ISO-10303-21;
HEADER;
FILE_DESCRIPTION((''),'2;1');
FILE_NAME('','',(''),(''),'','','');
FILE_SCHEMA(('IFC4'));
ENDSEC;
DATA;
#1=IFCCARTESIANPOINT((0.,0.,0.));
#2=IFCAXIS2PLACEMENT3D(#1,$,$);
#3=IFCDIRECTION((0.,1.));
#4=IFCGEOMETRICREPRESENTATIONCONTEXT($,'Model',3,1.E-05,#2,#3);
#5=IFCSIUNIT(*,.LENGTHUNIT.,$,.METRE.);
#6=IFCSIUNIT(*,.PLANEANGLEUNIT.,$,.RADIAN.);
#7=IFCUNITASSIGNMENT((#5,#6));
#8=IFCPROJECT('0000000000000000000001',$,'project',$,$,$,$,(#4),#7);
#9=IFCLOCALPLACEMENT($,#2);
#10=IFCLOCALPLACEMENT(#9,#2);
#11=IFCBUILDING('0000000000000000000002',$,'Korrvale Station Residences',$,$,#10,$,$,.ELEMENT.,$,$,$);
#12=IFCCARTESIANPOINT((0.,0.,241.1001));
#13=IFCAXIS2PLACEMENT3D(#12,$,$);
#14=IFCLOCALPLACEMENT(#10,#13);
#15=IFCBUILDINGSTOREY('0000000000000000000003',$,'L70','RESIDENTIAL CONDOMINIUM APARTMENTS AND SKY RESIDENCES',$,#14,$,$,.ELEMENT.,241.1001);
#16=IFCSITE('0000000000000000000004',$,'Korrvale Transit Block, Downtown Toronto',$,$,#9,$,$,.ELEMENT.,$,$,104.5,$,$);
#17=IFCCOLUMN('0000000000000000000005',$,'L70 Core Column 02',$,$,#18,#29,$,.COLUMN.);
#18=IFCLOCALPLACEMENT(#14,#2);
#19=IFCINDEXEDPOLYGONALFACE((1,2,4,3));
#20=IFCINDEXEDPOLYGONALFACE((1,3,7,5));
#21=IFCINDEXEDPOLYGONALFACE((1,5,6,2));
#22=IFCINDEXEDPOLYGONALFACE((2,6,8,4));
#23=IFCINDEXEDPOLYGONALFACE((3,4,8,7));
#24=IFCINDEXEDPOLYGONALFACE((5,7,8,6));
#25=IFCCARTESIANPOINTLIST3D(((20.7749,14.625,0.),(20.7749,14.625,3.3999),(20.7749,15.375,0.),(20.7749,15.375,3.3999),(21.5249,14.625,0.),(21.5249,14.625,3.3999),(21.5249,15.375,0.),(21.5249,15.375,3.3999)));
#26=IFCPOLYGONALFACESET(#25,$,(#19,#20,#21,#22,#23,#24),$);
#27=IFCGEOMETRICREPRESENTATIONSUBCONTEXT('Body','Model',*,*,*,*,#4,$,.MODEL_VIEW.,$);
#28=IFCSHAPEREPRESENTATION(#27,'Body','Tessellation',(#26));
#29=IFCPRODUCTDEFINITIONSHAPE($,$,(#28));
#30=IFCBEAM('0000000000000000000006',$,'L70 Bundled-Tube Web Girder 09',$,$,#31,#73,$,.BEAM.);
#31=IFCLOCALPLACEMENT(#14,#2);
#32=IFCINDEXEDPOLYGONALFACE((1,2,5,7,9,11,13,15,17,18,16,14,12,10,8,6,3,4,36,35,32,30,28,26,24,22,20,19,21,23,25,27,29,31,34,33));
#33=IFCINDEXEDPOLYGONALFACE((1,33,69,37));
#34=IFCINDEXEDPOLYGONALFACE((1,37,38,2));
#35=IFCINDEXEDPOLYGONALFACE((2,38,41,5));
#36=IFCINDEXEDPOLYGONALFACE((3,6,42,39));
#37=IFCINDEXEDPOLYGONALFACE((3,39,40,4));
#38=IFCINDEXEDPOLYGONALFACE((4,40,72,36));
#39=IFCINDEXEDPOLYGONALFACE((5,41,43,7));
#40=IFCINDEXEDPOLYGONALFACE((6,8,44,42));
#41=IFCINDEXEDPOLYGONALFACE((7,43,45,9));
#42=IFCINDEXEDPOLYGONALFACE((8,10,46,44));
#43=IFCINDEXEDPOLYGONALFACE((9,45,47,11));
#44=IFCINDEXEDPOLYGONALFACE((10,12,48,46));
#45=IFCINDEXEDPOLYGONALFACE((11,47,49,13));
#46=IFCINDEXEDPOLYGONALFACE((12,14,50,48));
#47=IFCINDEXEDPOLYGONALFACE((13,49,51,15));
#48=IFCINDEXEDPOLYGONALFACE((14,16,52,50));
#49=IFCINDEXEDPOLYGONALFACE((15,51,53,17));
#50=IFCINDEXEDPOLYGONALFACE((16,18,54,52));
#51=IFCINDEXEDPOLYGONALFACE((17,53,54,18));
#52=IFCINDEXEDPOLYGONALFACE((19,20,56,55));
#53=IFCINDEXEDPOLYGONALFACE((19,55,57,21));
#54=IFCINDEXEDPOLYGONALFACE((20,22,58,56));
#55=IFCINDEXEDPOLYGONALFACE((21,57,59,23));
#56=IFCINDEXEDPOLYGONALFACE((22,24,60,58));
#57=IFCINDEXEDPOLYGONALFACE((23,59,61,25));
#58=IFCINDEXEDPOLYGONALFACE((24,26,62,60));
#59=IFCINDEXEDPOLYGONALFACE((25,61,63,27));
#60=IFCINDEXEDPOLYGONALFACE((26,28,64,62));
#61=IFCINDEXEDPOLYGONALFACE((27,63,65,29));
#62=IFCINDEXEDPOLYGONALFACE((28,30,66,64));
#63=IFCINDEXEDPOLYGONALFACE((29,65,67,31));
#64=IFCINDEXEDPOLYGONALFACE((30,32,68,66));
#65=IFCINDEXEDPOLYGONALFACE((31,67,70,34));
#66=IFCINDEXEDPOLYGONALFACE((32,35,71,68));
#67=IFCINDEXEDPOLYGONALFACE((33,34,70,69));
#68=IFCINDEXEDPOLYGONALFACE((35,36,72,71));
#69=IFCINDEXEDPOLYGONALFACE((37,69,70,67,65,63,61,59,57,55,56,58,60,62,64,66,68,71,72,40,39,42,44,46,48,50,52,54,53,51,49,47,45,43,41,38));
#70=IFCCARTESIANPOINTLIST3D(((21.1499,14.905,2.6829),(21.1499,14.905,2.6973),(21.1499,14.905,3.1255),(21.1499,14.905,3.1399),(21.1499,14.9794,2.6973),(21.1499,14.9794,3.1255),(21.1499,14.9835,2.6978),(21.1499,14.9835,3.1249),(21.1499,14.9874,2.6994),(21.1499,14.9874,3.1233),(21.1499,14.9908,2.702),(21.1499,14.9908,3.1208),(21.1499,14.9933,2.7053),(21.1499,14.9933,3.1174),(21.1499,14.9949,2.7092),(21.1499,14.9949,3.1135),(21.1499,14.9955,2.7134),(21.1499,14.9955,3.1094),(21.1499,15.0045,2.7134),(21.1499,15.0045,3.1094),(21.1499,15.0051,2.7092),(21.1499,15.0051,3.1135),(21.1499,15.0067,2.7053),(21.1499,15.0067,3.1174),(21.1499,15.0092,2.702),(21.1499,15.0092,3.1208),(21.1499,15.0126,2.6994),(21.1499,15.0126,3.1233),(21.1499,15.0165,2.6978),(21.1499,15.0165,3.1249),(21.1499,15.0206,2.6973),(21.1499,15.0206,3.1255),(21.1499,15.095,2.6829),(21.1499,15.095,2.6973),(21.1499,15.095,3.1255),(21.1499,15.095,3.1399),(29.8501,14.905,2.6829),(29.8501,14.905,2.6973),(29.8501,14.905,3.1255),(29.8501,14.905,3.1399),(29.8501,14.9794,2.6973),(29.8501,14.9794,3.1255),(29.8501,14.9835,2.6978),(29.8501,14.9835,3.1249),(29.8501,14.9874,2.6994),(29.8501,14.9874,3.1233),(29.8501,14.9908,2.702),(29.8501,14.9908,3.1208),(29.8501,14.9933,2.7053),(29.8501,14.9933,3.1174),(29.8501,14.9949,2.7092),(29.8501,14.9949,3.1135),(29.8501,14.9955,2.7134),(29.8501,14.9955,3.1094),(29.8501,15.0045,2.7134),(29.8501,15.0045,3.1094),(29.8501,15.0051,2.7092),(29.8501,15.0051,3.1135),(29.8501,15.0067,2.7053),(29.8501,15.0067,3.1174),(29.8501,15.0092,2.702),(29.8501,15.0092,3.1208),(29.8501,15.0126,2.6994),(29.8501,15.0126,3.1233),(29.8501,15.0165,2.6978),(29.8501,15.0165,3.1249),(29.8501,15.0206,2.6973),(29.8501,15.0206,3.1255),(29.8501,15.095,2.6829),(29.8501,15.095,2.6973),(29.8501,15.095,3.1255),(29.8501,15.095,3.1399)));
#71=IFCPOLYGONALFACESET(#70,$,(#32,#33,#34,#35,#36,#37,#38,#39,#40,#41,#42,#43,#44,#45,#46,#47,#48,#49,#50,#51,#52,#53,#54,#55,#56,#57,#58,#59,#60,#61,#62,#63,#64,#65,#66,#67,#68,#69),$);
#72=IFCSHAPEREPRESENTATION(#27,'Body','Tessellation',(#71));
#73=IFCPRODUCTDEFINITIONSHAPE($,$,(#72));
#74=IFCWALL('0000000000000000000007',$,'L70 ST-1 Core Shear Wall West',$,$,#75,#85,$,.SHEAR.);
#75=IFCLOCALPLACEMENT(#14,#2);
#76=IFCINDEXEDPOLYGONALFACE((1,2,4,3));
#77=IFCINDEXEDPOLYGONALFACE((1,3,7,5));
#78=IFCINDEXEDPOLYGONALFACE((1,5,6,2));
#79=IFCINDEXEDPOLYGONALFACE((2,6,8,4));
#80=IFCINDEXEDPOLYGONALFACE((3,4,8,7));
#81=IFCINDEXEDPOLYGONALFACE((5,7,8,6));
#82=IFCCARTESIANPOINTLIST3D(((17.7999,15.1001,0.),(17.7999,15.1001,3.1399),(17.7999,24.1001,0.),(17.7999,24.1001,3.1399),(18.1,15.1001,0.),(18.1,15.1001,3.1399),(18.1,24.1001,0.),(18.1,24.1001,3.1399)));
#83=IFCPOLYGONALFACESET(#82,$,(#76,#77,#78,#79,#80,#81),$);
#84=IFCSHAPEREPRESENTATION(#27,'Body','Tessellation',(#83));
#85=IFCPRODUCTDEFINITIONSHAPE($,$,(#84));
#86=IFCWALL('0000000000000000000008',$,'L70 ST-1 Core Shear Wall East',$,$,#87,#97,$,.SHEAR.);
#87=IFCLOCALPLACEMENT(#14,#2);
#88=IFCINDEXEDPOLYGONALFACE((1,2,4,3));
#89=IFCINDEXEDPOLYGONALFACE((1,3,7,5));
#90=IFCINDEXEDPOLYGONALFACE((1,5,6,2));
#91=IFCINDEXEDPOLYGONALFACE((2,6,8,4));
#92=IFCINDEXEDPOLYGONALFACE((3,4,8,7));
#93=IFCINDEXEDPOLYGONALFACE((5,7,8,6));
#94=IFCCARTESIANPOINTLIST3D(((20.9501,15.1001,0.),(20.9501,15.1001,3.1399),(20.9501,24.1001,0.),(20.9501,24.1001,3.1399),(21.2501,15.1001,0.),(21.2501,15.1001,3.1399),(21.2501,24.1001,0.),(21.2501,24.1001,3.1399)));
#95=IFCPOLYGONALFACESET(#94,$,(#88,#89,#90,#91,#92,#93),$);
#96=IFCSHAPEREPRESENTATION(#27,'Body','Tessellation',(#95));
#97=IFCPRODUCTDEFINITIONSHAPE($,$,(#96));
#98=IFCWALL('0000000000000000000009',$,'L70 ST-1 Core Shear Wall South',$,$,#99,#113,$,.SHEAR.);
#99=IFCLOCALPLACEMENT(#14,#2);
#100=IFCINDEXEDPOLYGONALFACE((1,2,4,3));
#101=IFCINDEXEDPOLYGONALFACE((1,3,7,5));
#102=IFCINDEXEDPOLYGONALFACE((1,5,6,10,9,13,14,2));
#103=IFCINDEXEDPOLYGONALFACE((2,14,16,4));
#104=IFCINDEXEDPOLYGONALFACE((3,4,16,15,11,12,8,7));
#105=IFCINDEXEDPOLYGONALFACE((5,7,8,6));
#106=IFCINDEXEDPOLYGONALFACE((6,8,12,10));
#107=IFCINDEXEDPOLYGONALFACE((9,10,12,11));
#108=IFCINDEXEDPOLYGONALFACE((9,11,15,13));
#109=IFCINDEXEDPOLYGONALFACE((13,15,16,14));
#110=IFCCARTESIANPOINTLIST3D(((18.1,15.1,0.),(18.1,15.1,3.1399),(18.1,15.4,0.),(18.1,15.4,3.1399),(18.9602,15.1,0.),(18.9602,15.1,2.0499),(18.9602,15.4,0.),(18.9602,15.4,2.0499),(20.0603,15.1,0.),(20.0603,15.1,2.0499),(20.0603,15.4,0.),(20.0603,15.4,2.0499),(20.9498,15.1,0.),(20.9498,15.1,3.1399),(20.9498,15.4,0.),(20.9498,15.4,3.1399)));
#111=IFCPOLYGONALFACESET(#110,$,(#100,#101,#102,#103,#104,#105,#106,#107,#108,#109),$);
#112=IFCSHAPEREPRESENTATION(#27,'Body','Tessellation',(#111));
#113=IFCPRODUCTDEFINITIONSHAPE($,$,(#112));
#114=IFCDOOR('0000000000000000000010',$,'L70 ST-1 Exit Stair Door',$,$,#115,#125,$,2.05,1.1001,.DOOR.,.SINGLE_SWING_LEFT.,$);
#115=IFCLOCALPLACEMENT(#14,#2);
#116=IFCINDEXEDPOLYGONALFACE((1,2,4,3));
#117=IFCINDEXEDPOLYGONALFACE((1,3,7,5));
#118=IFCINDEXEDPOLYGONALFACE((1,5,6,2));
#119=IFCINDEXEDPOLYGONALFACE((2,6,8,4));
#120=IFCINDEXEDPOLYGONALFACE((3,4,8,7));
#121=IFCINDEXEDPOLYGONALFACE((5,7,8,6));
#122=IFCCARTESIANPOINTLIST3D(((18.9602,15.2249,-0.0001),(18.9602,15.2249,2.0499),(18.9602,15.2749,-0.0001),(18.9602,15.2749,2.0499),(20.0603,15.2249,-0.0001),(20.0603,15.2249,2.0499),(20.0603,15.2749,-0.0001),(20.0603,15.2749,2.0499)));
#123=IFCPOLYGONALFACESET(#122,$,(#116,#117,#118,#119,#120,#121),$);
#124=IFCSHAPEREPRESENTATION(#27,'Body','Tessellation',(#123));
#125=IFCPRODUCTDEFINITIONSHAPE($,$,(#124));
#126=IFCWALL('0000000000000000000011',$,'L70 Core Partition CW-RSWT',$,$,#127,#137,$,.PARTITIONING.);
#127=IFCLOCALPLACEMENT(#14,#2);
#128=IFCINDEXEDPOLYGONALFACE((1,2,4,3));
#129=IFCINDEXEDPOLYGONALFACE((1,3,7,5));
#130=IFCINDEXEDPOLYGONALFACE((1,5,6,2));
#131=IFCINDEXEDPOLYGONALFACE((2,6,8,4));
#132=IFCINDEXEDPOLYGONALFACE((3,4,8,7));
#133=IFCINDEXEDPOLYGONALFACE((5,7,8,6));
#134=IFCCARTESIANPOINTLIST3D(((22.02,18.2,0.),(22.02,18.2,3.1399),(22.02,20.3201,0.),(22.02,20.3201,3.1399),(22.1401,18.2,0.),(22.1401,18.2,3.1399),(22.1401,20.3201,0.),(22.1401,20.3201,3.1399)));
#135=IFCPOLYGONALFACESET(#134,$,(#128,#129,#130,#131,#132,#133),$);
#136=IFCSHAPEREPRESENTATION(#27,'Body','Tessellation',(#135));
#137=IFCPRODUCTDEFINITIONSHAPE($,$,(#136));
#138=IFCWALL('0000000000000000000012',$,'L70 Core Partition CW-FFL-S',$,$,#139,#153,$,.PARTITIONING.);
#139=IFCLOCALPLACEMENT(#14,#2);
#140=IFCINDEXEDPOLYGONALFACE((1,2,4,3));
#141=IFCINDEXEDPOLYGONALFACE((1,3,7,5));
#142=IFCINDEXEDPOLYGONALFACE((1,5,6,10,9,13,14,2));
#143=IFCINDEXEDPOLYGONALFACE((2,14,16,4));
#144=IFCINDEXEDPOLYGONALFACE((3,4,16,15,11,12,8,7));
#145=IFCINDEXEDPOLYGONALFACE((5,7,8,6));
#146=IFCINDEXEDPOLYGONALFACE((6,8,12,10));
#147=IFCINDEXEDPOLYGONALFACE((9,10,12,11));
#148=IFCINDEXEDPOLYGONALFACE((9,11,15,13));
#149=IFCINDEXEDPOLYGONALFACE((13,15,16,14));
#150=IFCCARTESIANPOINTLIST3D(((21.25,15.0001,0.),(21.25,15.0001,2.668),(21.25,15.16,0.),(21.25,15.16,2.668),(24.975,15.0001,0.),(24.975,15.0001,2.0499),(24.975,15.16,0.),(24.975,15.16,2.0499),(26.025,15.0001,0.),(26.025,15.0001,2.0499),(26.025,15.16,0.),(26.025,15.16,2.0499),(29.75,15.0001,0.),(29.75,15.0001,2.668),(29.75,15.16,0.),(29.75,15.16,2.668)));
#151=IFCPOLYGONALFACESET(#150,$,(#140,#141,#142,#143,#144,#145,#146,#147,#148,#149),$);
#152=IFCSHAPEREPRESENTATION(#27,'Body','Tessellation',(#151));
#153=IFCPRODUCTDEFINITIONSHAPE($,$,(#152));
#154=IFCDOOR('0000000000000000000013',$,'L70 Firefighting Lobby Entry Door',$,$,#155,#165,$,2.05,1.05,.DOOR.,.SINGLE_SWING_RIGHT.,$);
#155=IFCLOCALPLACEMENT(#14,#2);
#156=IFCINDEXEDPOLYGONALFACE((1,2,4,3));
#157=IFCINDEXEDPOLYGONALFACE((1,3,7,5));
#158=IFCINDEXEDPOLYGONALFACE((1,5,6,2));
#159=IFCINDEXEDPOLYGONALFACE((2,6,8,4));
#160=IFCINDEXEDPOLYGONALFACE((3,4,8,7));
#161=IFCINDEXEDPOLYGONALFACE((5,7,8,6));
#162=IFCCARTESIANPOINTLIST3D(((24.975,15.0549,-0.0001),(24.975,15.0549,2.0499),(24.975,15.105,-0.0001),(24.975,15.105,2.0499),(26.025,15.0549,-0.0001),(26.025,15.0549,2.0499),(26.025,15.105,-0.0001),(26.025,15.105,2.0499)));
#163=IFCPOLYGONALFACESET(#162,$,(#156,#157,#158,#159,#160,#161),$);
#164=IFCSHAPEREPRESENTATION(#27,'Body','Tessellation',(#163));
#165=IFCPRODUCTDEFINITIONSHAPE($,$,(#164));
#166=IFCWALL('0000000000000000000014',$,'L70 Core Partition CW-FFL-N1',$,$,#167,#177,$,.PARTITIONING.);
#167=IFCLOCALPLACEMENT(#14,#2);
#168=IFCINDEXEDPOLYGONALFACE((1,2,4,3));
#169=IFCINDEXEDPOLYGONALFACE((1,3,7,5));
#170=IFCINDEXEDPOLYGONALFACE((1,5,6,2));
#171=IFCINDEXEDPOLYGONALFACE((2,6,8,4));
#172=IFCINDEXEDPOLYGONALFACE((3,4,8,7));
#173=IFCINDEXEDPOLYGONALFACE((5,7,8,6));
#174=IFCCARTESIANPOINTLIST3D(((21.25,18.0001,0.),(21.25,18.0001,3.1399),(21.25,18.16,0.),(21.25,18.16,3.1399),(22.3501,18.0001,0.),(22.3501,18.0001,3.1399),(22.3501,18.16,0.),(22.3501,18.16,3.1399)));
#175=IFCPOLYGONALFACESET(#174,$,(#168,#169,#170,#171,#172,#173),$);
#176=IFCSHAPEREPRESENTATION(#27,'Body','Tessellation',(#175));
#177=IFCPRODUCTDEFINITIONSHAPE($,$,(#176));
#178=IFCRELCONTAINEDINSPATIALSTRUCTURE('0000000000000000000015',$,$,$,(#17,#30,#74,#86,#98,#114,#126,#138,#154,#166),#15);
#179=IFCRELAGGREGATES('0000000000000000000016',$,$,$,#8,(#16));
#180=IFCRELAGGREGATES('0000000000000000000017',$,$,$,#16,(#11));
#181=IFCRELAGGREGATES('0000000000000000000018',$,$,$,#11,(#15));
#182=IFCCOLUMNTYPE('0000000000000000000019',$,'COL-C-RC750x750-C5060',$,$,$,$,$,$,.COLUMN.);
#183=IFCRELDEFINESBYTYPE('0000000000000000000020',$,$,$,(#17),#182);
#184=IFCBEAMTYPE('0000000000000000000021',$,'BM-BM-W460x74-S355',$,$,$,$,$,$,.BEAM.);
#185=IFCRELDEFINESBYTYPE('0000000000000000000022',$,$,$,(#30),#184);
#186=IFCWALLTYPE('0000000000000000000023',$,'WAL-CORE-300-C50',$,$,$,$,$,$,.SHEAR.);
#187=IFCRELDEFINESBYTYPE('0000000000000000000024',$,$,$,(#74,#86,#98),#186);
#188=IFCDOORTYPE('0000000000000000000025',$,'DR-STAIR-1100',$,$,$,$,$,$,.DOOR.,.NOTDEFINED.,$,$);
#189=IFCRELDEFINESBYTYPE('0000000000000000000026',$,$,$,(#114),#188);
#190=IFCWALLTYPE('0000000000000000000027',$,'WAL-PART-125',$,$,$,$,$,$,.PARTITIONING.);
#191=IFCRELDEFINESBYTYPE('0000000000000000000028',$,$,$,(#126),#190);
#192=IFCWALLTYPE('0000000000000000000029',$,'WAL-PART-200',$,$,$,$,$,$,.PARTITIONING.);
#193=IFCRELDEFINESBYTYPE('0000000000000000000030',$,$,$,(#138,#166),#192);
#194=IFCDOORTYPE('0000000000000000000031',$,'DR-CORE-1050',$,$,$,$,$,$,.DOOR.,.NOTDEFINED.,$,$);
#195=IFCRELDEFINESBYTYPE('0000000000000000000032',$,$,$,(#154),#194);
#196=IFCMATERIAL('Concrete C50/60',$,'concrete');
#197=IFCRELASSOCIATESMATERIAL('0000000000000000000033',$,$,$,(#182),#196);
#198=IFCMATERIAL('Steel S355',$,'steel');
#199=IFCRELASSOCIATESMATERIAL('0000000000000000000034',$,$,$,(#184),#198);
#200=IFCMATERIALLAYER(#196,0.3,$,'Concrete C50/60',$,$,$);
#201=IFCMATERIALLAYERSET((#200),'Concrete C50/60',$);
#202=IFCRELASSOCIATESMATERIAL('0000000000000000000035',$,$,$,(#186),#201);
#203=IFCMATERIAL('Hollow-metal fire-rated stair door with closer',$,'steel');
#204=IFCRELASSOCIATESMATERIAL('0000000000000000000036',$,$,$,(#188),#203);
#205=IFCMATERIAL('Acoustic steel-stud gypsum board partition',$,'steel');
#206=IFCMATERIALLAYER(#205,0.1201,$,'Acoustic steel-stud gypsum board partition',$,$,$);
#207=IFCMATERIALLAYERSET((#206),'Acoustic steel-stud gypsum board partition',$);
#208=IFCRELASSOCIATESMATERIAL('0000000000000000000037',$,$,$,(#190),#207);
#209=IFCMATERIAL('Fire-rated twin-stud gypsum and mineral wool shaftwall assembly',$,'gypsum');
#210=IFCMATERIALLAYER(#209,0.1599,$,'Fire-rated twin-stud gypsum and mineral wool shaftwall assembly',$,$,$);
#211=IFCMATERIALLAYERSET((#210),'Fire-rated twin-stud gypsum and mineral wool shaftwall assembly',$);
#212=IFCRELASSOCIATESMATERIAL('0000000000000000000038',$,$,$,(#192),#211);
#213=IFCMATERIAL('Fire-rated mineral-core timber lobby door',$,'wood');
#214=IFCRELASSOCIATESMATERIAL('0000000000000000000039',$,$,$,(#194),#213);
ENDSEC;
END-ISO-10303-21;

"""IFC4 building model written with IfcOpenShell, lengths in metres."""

from ifc_helpers import new_model, si_unit, direction, frame, frame_2d, origin, origin_2d, place, context, subcontext, project, spatial, rectangle, i_section, extrude, material, layer, layer_set, material_profile, profile_set, type_object, element, fill, save


model = new_model("IFC4")

# Units and contexts
model_context = context("Model", 3, precision=1e-05, world=origin(), true_north=direction((0.0, 1.0)))
body_context = subcontext(model_context, "Body", "Model", "MODEL_VIEW")
ifc_project = project(units=[si_unit("LENGTHUNIT", "METRE"), si_unit("PLANEANGLEUNIT", "RADIAN")], contexts=[model_context])

# Site, building, storey
site_placement = place(None, origin())
site = spatial("IfcSite", under=ifc_project, at=site_placement, Name="Korrvale Transit Block, Downtown Toronto", CompositionType="ELEMENT", RefElevation=104.5)
building_placement = place(site_placement, origin())
building = spatial("IfcBuilding", under=site, at=building_placement, Name="Korrvale Station Residences", CompositionType="ELEMENT")
storey_placement = place(building_placement, frame((0.0, 0.0, 241.1001)))
storey = spatial("IfcBuildingStorey", under=building, at=storey_placement, Name="L70", Description="RESIDENTIAL CONDOMINIUM APARTMENTS AND SKY RESIDENCES", CompositionType="ELEMENT", Elevation=241.1001)

# Column
ifc_material_1 = material(Name="Concrete C50/60", Category="concrete")
ifc_material_profile_1 = material_profile(ifc_material_1, rectangle(XDim=0.75, YDim=0.75, at=origin_2d()), Name="RC750x750")
ifc_profile_set_1 = profile_set([ifc_material_profile_1], Name="Concrete C50/60")
column_type = type_object("IfcColumnType", Name="COL-C-RC750x750-C5060", PredefinedType="COLUMN", material=ifc_profile_set_1)
column_placement = place(storey_placement, frame((21.1499, 15.0, 0.0), z_axis=(0.0, 0.0, 1.0), x_axis=(1.0, 0.0, 0.0)))
element("IfcColumn", 1, at=column_placement, inside=storey, type_object=column_type, Name="L70 Core Column 02", PredefinedType="COLUMN", context=body_context, shape_type="SweptSolid", body=[
    extrude(rectangle(XDim=0.75, YDim=0.75, at=origin_2d()), origin(), (0.0, 0.0, 1.0), 3.3999),
])

# Beam
ifc_material_2 = material(Name="Steel S355", Category="steel")
ifc_material_profile_2 = material_profile(ifc_material_2, i_section(OverallWidth=0.1899, OverallDepth=0.457, WebThickness=0.009, FlangeThickness=0.0144, FilletRadius=0.0161, at=origin_2d()), Name="W460x74")
ifc_profile_set_2 = profile_set([ifc_material_profile_2], Name="Steel S355")
beam_type = type_object("IfcBeamType", Name="BM-BM-W460x74-S355", PredefinedType="BEAM", material=ifc_profile_set_2)
beam_placement = place(storey_placement, frame((21.1499, 15.0, 2.9114), z_axis=(1.0, 0.0, 0.0), x_axis=(0.0, 1.0, 0.0)))
element("IfcBeam", 2, at=beam_placement, inside=storey, type_object=beam_type, Name="L70 Bundled-Tube Web Girder 09", PredefinedType="BEAM", context=body_context, shape_type="SweptSolid", body=[
    extrude(i_section(OverallWidth=0.1899, OverallDepth=0.457, WebThickness=0.009, FlangeThickness=0.0144, FilletRadius=0.0161, at=origin_2d()), origin(), (0.0, 0.0, 1.0), 8.7002),
])

# Walls
ifc_layer_1 = layer(ifc_material_1, 0.3, Name="Concrete C50/60")
ifc_layer_set_1 = layer_set([ifc_layer_1], Name="Concrete C50/60")
wall_type_1 = type_object("IfcWallType", Name="WAL-CORE-300-C50", PredefinedType="SHEAR", material=ifc_layer_set_1)
for number, where, z_axis, x_axis, name in (
    (3, (17.95, 15.1001, 0.0), (0.0, 0.0, 1.0), (0.0, 1.0, 0.0), "L70 ST-1 Core Shear Wall West"),
    (4, (21.1001, 15.1001, 0.0), (0.0, 0.0, 1.0), (0.0, 1.0, 0.0), "L70 ST-1 Core Shear Wall East"),
):
    element("IfcWall", number, at=place(storey_placement, frame(where, z_axis=z_axis, x_axis=x_axis)), inside=storey, type_object=wall_type_1, Name=name, PredefinedType="SHEAR", context=body_context, shape_type="SweptSolid", body=[
        extrude(rectangle(XDim=9.0, YDim=0.3, at=frame_2d((4.5, 0.0))), origin(), (0.0, 0.0, 1.0), 3.1399),
    ])

# Wall, opening, door
wall_1_placement = place(storey_placement, frame((18.1001, 15.25, 0.0), z_axis=(0.0, 0.0, 1.0), x_axis=(1.0, 0.0, 0.0)))
wall_1 = element("IfcWall", 5, at=wall_1_placement, inside=storey, type_object=wall_type_1, Name="L70 ST-1 Core Shear Wall South", PredefinedType="SHEAR", context=body_context, shape_type="SweptSolid", body=[
    extrude(rectangle(XDim=2.8499, YDim=0.3, at=frame_2d((1.4248, 0.0))), origin(), (0.0, 0.0, 1.0), 3.1399),
])
opening_1_placement = place(wall_1_placement, frame((0.8601, 0.0, 0.0)))
opening_1 = element("IfcOpeningElement", 6, at=opening_1_placement, cuts=wall_1, PredefinedType="OPENING", context=body_context, shape_type="SweptSolid", body=[
    extrude(rectangle(XDim=1.1001, YDim=2.05, at=frame_2d((0.55, 1.0249))), frame((0.0, 0.1602, 0.0), z_axis=(0.0, -1.0, 0.0), x_axis=(1.0, 0.0, 0.0)), (0.0, 0.0, 1.0), 0.3201),
])
ifc_material_3 = material(Name="Hollow-metal fire-rated stair door with closer", Category="steel")
door_type_1 = type_object("IfcDoorType", Name="DR-STAIR-1100", OperationType="NOTDEFINED", PredefinedType="DOOR", material=ifc_material_3)
door_1_placement = place(opening_1_placement, origin())
door_1 = element("IfcDoor", 7, at=door_1_placement, inside=storey, type_object=door_type_1, Name="L70 ST-1 Exit Stair Door", OperationType="SINGLE_SWING_LEFT", OverallHeight=2.05, OverallWidth=1.1001, PredefinedType="DOOR", context=body_context, shape_type="SweptSolid", body=[
    extrude(rectangle(XDim=1.1001, YDim=2.05, at=frame_2d((0.55, 1.0249))), frame((0.0, 0.0249, 0.0), z_axis=(0.0, -1.0, 0.0), x_axis=(1.0, 0.0, 0.0)), (0.0, 0.0, 1.0), 0.05),
])
fill(opening_1, door_1)

# Wall
ifc_material_4 = material(Name="Acoustic steel-stud gypsum board partition", Category="steel")
ifc_layer_2 = layer(ifc_material_4, 0.1201, Name="Acoustic steel-stud gypsum board partition")
ifc_layer_set_2 = layer_set([ifc_layer_2], Name="Acoustic steel-stud gypsum board partition")
wall_type_2 = type_object("IfcWallType", Name="WAL-PART-125", PredefinedType="PARTITIONING", material=ifc_layer_set_2)
wall_2_placement = place(storey_placement, frame((22.0801, 18.2, 0.0), z_axis=(0.0, 0.0, 1.0), x_axis=(0.0, 1.0, 0.0)))
element("IfcWall", 8, at=wall_2_placement, inside=storey, type_object=wall_type_2, Name="L70 Core Partition CW-RSWT", PredefinedType="PARTITIONING", context=body_context, shape_type="SweptSolid", body=[
    extrude(rectangle(XDim=2.1201, YDim=0.1201, at=frame_2d((1.0601, 0.0))), origin(), (0.0, 0.0, 1.0), 3.1399),
])

# Wall, opening, door
ifc_material_5 = material(Name="Fire-rated twin-stud gypsum and mineral wool shaftwall assembly", Category="gypsum")
ifc_layer_3 = layer(ifc_material_5, 0.1599, Name="Fire-rated twin-stud gypsum and mineral wool shaftwall assembly")
ifc_layer_set_3 = layer_set([ifc_layer_3], Name="Fire-rated twin-stud gypsum and mineral wool shaftwall assembly")
wall_type_3 = type_object("IfcWallType", Name="WAL-PART-200", PredefinedType="PARTITIONING", material=ifc_layer_set_3)
wall_3_placement = place(storey_placement, frame((21.25, 15.0801, 0.0), z_axis=(0.0, 0.0, 1.0), x_axis=(1.0, 0.0, 0.0)))
wall_3 = element("IfcWall", 9, at=wall_3_placement, inside=storey, type_object=wall_type_3, Name="L70 Core Partition CW-FFL-S", PredefinedType="PARTITIONING", context=body_context, shape_type="SweptSolid", body=[
    extrude(rectangle(XDim=8.5, YDim=0.1599, at=frame_2d((4.25, 0.0))), origin(), (0.0, 0.0, 1.0), 2.668),
])
opening_2_placement = place(wall_3_placement, frame((3.7251, 0.0, 0.0)))
opening_2 = element("IfcOpeningElement", 10, at=opening_2_placement, cuts=wall_3, PredefinedType="OPENING", context=body_context, shape_type="SweptSolid", body=[
    extrude(rectangle(XDim=1.05, YDim=2.05, at=frame_2d((0.5249, 1.0249))), frame((0.0, 0.0898, 0.0), z_axis=(0.0, -1.0, 0.0), x_axis=(1.0, 0.0, 0.0)), (0.0, 0.0, 1.0), 0.1799),
])
ifc_material_6 = material(Name="Fire-rated mineral-core timber lobby door", Category="wood")
door_type_2 = type_object("IfcDoorType", Name="DR-CORE-1050", OperationType="NOTDEFINED", PredefinedType="DOOR", material=ifc_material_6)
door_2_placement = place(opening_2_placement, origin())
door_2 = element("IfcDoor", 11, at=door_2_placement, inside=storey, type_object=door_type_2, Name="L70 Firefighting Lobby Entry Door", OperationType="SINGLE_SWING_RIGHT", OverallHeight=2.05, OverallWidth=1.05, PredefinedType="DOOR", context=body_context, shape_type="SweptSolid", body=[
    extrude(rectangle(XDim=1.05, YDim=2.05, at=frame_2d((0.5249, 1.0249))), frame((0.0, 0.0249, 0.0), z_axis=(0.0, -1.0, 0.0), x_axis=(1.0, 0.0, 0.0)), (0.0, 0.0, 1.0), 0.05),
])
fill(opening_2, door_2)

# Wall
wall_4_placement = place(storey_placement, frame((21.25, 18.0801, 0.0), z_axis=(0.0, 0.0, 1.0), x_axis=(1.0, 0.0, 0.0)))
element("IfcWall", 12, at=wall_4_placement, inside=storey, type_object=wall_type_3, Name="L70 Core Partition CW-FFL-N1", PredefinedType="PARTITIONING", context=body_context, shape_type="SweptSolid", body=[
    extrude(rectangle(XDim=1.1001, YDim=0.1599, at=frame_2d((0.55, 0.0))), origin(), (0.0, 0.0, 1.0), 3.1399),
])

save(model, "model.ifc")
